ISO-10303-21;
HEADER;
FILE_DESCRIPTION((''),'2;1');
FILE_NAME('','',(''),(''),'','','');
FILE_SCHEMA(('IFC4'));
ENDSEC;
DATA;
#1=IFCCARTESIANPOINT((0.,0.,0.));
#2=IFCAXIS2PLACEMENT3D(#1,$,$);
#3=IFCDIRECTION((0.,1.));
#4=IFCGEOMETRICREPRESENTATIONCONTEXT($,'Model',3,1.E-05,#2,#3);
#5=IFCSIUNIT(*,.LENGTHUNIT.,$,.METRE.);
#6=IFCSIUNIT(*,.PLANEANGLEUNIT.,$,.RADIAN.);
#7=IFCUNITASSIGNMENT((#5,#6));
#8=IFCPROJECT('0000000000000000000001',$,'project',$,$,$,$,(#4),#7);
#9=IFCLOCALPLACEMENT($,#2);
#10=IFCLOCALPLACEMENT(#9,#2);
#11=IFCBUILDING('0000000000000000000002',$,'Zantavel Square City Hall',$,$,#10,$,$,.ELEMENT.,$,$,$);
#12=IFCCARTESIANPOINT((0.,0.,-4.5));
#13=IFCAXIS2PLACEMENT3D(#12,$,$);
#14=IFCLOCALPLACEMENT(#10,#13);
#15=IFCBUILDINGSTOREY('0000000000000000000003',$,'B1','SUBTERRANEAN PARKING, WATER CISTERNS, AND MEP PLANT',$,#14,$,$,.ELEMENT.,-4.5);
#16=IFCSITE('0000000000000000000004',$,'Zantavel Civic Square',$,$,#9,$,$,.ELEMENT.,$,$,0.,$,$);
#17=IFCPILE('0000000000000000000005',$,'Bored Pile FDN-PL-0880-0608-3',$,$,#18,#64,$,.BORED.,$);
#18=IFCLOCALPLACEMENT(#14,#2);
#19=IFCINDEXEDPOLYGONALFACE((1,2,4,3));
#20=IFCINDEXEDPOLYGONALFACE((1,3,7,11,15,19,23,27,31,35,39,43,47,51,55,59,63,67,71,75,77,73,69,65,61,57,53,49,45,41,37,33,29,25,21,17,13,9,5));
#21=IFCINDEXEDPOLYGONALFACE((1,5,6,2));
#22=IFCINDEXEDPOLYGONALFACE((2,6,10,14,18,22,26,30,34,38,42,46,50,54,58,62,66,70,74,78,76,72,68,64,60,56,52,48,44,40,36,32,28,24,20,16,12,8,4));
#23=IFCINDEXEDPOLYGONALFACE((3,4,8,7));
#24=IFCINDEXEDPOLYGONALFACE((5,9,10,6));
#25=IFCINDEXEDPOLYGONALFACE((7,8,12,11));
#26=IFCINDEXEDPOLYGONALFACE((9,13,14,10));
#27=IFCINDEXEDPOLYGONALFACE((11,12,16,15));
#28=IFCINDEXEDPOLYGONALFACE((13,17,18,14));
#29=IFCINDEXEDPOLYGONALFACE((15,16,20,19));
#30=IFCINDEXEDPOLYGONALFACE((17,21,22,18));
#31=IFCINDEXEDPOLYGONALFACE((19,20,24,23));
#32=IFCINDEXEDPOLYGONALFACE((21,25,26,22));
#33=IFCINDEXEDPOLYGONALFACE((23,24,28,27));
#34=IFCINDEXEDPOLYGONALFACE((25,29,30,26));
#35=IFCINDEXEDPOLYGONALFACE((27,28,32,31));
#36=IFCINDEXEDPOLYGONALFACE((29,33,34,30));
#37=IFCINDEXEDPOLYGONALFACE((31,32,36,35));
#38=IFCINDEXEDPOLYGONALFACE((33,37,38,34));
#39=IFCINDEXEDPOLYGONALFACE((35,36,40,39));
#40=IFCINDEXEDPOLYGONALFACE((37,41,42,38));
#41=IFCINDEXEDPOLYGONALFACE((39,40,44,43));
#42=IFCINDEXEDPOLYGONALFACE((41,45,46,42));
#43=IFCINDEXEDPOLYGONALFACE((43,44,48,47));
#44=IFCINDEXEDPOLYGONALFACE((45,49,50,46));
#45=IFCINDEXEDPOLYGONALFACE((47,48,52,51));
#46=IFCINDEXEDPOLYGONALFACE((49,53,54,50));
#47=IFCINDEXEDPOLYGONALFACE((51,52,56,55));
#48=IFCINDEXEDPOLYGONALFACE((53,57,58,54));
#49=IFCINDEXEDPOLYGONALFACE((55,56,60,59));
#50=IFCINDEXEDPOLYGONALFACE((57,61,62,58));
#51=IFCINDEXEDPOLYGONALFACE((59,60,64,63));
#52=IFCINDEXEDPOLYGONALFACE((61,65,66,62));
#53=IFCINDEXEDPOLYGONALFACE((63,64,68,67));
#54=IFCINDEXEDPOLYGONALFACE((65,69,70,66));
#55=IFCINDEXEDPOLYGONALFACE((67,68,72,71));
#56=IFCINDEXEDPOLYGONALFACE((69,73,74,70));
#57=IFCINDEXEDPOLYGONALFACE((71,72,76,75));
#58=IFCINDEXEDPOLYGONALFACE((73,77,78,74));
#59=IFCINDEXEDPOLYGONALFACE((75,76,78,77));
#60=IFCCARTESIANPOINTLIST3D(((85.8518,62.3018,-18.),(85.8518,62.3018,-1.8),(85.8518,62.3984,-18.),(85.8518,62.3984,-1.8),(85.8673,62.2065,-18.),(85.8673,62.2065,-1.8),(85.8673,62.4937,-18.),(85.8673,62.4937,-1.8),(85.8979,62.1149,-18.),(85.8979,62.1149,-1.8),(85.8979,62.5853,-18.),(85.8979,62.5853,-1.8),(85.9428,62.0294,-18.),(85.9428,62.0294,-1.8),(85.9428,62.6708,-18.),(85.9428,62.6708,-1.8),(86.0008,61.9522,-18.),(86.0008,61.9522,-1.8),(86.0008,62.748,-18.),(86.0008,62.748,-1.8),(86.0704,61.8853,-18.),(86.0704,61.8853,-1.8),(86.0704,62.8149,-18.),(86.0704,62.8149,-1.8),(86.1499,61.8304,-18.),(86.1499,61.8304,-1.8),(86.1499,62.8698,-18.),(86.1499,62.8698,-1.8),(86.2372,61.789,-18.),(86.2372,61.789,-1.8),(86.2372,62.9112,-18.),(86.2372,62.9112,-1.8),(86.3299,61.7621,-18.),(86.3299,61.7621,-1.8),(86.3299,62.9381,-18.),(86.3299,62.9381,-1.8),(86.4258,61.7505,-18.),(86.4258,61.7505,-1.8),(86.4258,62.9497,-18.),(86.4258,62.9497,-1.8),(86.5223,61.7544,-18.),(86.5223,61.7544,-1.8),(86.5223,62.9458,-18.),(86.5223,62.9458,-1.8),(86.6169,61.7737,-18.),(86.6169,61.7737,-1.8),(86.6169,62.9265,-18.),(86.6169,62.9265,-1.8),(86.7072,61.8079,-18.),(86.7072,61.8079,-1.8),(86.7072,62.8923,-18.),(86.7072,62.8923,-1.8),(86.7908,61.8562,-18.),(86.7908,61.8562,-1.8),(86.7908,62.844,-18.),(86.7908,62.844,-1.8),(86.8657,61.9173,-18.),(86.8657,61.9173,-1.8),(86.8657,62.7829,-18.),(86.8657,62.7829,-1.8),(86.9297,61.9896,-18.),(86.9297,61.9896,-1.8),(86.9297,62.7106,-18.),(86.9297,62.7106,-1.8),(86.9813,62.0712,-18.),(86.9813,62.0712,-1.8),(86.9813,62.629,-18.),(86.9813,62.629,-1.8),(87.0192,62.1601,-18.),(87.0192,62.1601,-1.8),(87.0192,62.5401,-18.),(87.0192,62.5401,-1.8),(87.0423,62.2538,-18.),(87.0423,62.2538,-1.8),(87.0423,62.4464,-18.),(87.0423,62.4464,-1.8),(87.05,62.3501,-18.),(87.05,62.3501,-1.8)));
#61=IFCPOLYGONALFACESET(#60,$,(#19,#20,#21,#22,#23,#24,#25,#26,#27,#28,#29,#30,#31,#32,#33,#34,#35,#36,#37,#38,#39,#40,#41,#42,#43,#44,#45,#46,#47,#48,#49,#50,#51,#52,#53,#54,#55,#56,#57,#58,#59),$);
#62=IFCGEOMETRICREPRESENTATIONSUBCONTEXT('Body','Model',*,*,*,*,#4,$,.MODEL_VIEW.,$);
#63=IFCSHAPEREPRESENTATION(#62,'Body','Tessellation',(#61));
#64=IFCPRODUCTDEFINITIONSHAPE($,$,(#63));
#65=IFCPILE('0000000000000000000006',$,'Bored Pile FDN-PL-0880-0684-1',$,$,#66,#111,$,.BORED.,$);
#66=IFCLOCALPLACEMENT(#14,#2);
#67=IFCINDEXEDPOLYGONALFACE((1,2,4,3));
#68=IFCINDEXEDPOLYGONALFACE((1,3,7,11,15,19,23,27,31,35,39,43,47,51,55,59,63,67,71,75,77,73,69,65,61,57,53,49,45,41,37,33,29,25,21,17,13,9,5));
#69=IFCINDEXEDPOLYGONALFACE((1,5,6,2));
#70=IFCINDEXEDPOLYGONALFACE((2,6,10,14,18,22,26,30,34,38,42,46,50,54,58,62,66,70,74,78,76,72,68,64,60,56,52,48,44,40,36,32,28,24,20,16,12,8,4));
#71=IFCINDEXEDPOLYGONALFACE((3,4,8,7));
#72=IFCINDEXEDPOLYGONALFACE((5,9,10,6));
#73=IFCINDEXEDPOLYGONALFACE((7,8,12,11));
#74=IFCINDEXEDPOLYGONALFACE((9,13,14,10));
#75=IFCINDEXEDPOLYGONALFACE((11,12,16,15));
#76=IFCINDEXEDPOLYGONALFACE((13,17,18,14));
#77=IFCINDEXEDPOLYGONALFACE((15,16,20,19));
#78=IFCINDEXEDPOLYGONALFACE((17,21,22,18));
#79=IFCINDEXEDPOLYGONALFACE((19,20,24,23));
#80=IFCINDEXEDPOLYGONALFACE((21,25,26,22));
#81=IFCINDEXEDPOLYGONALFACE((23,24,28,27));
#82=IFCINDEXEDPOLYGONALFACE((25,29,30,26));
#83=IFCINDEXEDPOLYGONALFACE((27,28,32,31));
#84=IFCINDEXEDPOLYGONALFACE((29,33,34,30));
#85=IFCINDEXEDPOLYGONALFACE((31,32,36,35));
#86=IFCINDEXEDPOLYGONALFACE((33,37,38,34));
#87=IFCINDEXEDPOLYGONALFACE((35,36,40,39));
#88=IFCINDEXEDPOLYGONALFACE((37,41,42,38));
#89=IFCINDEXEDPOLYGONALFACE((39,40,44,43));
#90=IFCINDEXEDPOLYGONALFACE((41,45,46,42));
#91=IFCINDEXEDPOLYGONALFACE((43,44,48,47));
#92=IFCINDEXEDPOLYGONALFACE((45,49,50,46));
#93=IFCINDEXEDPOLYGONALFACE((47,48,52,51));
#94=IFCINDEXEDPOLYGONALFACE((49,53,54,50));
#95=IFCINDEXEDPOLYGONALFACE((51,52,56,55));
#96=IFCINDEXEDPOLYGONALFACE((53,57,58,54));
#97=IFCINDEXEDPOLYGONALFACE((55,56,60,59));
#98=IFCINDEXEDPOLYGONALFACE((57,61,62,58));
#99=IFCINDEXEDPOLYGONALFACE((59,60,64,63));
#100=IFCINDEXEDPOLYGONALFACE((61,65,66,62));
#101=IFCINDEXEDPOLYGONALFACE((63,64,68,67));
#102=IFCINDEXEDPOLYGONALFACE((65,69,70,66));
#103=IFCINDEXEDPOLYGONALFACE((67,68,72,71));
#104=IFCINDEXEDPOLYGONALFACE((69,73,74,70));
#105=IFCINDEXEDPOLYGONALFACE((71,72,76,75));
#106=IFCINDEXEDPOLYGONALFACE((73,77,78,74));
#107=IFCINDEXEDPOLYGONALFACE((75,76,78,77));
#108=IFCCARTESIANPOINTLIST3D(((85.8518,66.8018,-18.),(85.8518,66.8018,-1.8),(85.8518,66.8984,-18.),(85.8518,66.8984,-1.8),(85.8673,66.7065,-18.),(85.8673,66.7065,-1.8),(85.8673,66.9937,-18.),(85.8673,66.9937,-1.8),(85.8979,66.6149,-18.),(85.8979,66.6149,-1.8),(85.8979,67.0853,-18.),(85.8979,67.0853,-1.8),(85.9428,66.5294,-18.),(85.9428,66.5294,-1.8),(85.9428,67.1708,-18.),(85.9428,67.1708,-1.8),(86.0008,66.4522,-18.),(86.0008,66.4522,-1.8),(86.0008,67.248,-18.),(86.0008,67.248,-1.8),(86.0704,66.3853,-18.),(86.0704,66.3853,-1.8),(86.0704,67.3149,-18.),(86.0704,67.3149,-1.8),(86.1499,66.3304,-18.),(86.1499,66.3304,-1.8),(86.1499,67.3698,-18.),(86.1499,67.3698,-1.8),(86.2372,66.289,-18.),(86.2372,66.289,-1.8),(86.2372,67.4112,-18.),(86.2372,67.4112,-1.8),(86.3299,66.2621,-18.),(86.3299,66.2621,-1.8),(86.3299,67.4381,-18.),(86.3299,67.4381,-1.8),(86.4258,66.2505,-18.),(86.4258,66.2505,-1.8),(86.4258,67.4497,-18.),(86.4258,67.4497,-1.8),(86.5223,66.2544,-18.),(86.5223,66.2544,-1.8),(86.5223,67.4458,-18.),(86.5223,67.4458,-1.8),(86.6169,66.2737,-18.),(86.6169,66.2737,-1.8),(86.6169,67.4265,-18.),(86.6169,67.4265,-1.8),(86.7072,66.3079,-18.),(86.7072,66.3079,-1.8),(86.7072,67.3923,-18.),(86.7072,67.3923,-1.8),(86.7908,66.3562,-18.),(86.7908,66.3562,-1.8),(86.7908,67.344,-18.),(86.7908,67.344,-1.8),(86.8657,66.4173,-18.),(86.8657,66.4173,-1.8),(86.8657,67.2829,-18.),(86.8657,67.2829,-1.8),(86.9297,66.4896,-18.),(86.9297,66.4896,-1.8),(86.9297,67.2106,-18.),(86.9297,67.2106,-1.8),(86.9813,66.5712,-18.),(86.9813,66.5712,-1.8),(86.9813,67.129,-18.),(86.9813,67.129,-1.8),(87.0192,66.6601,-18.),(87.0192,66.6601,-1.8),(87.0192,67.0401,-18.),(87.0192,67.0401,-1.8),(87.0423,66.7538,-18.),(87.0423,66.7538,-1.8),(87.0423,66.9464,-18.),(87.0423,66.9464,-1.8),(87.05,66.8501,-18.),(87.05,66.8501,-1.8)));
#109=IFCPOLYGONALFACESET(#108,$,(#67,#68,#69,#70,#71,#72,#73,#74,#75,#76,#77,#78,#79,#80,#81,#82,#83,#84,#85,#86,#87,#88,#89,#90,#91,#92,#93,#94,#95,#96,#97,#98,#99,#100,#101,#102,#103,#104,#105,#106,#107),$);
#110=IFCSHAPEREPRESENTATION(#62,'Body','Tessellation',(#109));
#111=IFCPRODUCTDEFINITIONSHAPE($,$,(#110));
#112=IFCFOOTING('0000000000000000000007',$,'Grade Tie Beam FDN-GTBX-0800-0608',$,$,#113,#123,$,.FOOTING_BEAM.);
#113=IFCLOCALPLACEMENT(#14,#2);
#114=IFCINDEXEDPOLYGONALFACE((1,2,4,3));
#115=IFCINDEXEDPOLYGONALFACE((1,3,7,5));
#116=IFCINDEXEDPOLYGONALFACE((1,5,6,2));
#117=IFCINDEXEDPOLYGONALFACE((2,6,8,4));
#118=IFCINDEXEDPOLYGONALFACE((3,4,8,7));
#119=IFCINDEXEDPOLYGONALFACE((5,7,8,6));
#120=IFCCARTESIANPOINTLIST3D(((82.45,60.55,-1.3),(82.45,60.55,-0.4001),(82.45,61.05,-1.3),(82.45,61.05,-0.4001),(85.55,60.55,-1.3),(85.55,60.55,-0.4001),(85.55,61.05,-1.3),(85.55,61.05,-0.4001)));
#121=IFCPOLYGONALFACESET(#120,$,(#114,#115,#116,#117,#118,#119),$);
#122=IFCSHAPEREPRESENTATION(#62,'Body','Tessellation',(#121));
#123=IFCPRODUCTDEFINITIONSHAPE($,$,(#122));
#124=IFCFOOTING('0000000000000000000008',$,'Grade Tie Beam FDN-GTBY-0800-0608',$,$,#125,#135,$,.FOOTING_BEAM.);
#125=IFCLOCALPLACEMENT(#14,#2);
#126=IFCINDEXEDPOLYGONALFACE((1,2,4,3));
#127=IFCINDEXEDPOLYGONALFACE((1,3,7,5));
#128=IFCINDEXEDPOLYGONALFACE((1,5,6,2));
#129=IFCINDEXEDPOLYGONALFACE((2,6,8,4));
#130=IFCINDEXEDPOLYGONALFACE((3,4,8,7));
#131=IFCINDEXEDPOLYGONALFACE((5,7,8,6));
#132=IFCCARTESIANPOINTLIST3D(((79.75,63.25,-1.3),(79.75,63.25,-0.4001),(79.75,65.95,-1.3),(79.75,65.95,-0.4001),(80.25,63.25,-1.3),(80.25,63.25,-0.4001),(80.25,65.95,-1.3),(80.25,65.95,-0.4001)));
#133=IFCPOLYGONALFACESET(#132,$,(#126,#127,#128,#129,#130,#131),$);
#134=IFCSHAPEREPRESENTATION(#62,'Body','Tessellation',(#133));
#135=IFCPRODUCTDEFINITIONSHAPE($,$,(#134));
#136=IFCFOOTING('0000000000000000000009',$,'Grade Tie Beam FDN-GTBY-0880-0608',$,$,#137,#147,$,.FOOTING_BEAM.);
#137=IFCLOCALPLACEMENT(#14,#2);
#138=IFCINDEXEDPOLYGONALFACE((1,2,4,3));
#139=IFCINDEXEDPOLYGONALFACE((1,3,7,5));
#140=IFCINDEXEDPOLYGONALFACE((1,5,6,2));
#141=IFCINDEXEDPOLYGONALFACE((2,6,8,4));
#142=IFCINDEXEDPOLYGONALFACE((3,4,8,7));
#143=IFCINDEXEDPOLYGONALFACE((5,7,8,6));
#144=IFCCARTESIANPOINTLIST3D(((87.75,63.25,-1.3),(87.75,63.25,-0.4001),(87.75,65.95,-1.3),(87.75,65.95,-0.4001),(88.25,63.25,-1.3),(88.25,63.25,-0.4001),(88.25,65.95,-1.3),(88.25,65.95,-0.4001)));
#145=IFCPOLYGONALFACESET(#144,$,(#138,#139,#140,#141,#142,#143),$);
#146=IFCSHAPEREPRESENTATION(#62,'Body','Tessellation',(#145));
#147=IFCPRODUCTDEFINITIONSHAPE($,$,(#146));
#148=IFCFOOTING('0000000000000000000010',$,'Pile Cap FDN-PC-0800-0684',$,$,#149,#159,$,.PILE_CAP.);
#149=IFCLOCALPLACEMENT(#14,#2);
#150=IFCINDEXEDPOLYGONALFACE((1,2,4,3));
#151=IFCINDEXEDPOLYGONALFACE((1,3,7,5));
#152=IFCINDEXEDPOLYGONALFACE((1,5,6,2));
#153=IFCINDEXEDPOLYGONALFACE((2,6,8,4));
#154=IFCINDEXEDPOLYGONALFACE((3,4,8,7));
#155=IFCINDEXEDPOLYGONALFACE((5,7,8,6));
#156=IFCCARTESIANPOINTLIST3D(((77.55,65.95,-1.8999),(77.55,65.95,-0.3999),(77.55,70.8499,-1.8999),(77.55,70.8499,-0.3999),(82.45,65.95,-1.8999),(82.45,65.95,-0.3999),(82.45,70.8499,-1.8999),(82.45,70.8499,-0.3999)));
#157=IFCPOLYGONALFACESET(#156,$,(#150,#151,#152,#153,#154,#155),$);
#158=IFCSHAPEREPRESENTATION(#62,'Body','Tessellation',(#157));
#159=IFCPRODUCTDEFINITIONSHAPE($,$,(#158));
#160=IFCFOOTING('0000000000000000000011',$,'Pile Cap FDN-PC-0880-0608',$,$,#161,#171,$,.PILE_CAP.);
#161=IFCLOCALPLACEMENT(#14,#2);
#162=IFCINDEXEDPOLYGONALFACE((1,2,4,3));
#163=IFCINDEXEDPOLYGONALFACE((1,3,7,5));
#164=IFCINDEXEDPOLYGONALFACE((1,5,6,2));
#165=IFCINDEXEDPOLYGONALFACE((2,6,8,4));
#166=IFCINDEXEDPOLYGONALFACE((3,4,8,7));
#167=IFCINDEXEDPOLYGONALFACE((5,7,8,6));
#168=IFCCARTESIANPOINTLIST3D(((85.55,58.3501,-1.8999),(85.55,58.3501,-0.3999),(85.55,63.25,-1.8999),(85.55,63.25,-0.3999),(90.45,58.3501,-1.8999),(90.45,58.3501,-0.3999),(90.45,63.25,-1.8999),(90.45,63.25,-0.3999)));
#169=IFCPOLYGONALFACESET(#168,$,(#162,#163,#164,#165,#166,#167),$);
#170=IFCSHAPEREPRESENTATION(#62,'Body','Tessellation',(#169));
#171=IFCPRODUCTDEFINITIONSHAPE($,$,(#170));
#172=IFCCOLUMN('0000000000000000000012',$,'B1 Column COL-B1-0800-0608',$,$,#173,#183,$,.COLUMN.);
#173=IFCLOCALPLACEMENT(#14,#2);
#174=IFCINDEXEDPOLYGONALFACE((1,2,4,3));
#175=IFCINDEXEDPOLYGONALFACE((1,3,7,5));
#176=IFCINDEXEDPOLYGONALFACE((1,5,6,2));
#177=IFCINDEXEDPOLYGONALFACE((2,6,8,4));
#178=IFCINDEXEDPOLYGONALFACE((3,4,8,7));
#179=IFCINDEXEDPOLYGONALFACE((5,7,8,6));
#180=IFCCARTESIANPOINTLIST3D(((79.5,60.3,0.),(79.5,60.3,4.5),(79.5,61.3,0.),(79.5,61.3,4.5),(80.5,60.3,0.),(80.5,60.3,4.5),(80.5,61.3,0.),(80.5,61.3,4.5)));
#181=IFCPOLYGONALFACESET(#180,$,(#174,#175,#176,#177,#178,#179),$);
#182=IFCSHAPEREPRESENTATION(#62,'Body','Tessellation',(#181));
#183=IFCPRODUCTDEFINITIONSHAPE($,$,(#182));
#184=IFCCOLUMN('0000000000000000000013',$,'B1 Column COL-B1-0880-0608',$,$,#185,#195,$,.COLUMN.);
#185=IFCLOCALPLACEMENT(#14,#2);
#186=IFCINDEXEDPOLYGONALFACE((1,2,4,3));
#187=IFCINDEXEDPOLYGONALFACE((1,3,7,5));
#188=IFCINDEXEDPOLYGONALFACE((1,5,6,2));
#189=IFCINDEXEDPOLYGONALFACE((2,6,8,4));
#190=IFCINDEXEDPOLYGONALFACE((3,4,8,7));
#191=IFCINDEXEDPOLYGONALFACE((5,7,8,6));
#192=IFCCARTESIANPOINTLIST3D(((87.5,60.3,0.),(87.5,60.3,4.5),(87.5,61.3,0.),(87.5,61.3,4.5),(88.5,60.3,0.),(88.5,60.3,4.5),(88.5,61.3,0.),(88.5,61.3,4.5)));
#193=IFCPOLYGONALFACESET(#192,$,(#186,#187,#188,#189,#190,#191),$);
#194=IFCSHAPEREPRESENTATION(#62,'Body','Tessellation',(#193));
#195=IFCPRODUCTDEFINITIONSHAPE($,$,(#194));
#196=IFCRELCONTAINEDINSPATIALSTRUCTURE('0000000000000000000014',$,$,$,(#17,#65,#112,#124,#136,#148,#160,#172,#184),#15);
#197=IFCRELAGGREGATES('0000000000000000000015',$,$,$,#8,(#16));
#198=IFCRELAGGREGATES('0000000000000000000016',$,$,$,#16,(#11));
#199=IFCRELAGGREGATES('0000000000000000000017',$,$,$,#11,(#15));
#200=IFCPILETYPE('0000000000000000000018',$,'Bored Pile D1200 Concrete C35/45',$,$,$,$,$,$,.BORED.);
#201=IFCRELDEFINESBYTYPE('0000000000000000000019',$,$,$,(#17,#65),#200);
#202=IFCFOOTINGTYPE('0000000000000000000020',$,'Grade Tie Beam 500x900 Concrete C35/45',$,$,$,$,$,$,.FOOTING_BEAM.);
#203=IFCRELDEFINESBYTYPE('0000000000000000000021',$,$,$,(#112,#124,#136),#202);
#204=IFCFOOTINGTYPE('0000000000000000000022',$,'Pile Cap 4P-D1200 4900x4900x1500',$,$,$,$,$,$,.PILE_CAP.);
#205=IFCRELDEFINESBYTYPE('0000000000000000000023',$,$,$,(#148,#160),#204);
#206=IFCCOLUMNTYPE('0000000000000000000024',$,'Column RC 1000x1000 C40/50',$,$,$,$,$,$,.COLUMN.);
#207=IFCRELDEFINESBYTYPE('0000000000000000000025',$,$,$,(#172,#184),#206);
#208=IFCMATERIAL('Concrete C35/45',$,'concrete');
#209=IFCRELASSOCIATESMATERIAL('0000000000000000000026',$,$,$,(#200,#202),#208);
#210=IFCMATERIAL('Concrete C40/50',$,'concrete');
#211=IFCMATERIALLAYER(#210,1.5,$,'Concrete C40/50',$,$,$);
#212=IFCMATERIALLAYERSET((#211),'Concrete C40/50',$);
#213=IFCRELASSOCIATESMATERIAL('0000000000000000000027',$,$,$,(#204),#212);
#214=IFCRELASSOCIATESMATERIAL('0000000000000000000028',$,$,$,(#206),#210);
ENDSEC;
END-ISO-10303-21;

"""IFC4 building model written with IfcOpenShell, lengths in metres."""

from ifc_helpers import new_model, si_unit, direction, frame, origin, origin_2d, place, context, subcontext, project, spatial, rectangle, circle, extrude, material, layer, layer_set, material_profile, profile_set, type_object, element, save


model = new_model("IFC4")

# Units and contexts
model_context = context("Model", 3, precision=1e-05, world=origin(), true_north=direction((0.0, 1.0)))
body_context = subcontext(model_context, "Body", "Model", "MODEL_VIEW")
ifc_project = project(units=[si_unit("LENGTHUNIT", "METRE"), si_unit("PLANEANGLEUNIT", "RADIAN")], contexts=[model_context])

# Site, building, storey
site_placement = place(None, origin())
site = spatial("IfcSite", under=ifc_project, at=site_placement, Name="Zantavel Civic Square", CompositionType="ELEMENT", RefElevation=0.0)
building_placement = place(site_placement, origin())
building = spatial("IfcBuilding", under=site, at=building_placement, Name="Zantavel Square City Hall", CompositionType="ELEMENT")
storey_placement = place(building_placement, frame((0.0, 0.0, -4.5)))
storey = spatial("IfcBuildingStorey", under=building, at=storey_placement, Name="B1", Description="SUBTERRANEAN PARKING, WATER CISTERNS, AND MEP PLANT", CompositionType="ELEMENT", Elevation=-4.5)

# Piles
ifc_material_1 = material(Name="Concrete C35/45", Category="concrete")
ifc_material_profile_1 = material_profile(ifc_material_1, circle(Radius=0.6001, at=origin_2d()), Name="PILE D1200")
ifc_profile_set_1 = profile_set([ifc_material_profile_1], Name="Concrete C35/45")
pile_type = type_object("IfcPileType", Name="Bored Pile D1200 Concrete C35/45", PredefinedType="BORED", material=ifc_profile_set_1)
for number, where, z_axis, x_axis, name in (
    (1, (86.45, 62.3501, -1.8), (0.0, 0.0, -1.0), (1.0, 0.0, 0.0), "Bored Pile FDN-PL-0880-0608-3"),
    (2, (86.45, 66.8501, -1.8), (0.0, 0.0, -1.0), (1.0, 0.0, 0.0), "Bored Pile FDN-PL-0880-0684-1"),
):
    element("IfcPile", number, at=place(storey_placement, frame(where, z_axis=z_axis, x_axis=x_axis)), inside=storey, type_object=pile_type, Name=name, PredefinedType="BORED", context=body_context, shape_type="SweptSolid", body=[
        extrude(circle(Radius=0.6001, at=origin_2d()), origin(), (0.0, 0.0, 1.0), 16.2),
    ])

# Footings
ifc_material_profile_2 = material_profile(ifc_material_1, rectangle(XDim=0.5, YDim=0.8999, at=origin_2d()), Name="RC 500x900")
ifc_profile_set_2 = profile_set([ifc_material_profile_2], Name="Concrete C35/45")
footing_type_1 = type_object("IfcFootingType", Name="Grade Tie Beam 500x900 Concrete C35/45", PredefinedType="FOOTING_BEAM", material=ifc_profile_set_2)
footing_placement = place(storey_placement, frame((82.45, 60.8, -0.8501), z_axis=(1.0, 0.0, 0.0), x_axis=(0.0, 1.0, 0.0)))
element("IfcFooting", 3, at=footing_placement, inside=storey, type_object=footing_type_1, Name="Grade Tie Beam FDN-GTBX-0800-0608", PredefinedType="FOOTING_BEAM", context=body_context, shape_type="SweptSolid", body=[
    extrude(rectangle(XDim=0.5, YDim=0.8999, at=origin_2d()), origin(), (0.0, 0.0, 1.0), 3.1001),
])
for number, where, z_axis, x_axis, name in (
    (4, (80.0, 63.25, -0.8501), (0.0, 1.0, 0.0), (-1.0, 0.0, 0.0), "Grade Tie Beam FDN-GTBY-0800-0608"),
    (5, (88.0, 63.25, -0.8501), (0.0, 1.0, 0.0), (-1.0, 0.0, 0.0), "Grade Tie Beam FDN-GTBY-0880-0608"),
):
    element("IfcFooting", number, at=place(storey_placement, frame(where, z_axis=z_axis, x_axis=x_axis)), inside=storey, type_object=footing_type_1, Name=name, PredefinedType="FOOTING_BEAM", context=body_context, shape_type="SweptSolid", body=[
        extrude(rectangle(XDim=0.5, YDim=0.8999, at=origin_2d()), origin(), (0.0, 0.0, 1.0), 2.7),
    ])
ifc_material_2 = material(Name="Concrete C40/50", Category="concrete")
ifc_layer_1 = layer(ifc_material_2, 1.5, Name="Concrete C40/50")
ifc_layer_set_1 = layer_set([ifc_layer_1], Name="Concrete C40/50")
footing_type_2 = type_object("IfcFootingType", Name="Pile Cap 4P-D1200 4900x4900x1500", PredefinedType="PILE_CAP", material=ifc_layer_set_1)
for number, where, z_axis, x_axis, name in (
    (6, (80.0, 68.3999, -1.8999), (0.0, 0.0, 1.0), (1.0, 0.0, 0.0), "Pile Cap FDN-PC-0800-0684"),
    (7, (88.0, 60.8, -1.8999), (0.0, 0.0, 1.0), (1.0, 0.0, 0.0), "Pile Cap FDN-PC-0880-0608"),
):
    element("IfcFooting", number, at=place(storey_placement, frame(where, z_axis=z_axis, x_axis=x_axis)), inside=storey, type_object=footing_type_2, Name=name, PredefinedType="PILE_CAP", context=body_context, shape_type="SweptSolid", body=[
        extrude(rectangle(XDim=4.8999, YDim=4.8999, at=origin_2d()), origin(), (0.0, 0.0, 1.0), 1.5),
    ])

# Columns
ifc_material_profile_3 = material_profile(ifc_material_2, rectangle(XDim=1.0, YDim=1.0, at=origin_2d()), Name="RC 1000x1000")
ifc_profile_set_3 = profile_set([ifc_material_profile_3], Name="Concrete C40/50")
column_type_1 = type_object("IfcColumnType", Name="Column RC 1000x1000 C40/50", PredefinedType="COLUMN", material=ifc_profile_set_3)
for number, where, z_axis, x_axis, name in (
    (8, (80.0, 60.8, 0.0), (0.0, 0.0, 1.0), (1.0, 0.0, 0.0), "B1 Column COL-B1-0800-0608"),
    (9, (88.0, 60.8, 0.0), (0.0, 0.0, 1.0), (1.0, 0.0, 0.0), "B1 Column COL-B1-0880-0608"),
):
    element("IfcColumn", number, at=place(storey_placement, frame(where, z_axis=z_axis, x_axis=x_axis)), inside=storey, type_object=column_type_1, Name=name, PredefinedType="COLUMN", context=body_context, shape_type="SweptSolid", body=[
        extrude(rectangle(XDim=1.0, YDim=1.0, at=origin_2d()), origin(), (0.0, 0.0, 1.0), 4.5),
    ])

save(model, "model.ifc")
